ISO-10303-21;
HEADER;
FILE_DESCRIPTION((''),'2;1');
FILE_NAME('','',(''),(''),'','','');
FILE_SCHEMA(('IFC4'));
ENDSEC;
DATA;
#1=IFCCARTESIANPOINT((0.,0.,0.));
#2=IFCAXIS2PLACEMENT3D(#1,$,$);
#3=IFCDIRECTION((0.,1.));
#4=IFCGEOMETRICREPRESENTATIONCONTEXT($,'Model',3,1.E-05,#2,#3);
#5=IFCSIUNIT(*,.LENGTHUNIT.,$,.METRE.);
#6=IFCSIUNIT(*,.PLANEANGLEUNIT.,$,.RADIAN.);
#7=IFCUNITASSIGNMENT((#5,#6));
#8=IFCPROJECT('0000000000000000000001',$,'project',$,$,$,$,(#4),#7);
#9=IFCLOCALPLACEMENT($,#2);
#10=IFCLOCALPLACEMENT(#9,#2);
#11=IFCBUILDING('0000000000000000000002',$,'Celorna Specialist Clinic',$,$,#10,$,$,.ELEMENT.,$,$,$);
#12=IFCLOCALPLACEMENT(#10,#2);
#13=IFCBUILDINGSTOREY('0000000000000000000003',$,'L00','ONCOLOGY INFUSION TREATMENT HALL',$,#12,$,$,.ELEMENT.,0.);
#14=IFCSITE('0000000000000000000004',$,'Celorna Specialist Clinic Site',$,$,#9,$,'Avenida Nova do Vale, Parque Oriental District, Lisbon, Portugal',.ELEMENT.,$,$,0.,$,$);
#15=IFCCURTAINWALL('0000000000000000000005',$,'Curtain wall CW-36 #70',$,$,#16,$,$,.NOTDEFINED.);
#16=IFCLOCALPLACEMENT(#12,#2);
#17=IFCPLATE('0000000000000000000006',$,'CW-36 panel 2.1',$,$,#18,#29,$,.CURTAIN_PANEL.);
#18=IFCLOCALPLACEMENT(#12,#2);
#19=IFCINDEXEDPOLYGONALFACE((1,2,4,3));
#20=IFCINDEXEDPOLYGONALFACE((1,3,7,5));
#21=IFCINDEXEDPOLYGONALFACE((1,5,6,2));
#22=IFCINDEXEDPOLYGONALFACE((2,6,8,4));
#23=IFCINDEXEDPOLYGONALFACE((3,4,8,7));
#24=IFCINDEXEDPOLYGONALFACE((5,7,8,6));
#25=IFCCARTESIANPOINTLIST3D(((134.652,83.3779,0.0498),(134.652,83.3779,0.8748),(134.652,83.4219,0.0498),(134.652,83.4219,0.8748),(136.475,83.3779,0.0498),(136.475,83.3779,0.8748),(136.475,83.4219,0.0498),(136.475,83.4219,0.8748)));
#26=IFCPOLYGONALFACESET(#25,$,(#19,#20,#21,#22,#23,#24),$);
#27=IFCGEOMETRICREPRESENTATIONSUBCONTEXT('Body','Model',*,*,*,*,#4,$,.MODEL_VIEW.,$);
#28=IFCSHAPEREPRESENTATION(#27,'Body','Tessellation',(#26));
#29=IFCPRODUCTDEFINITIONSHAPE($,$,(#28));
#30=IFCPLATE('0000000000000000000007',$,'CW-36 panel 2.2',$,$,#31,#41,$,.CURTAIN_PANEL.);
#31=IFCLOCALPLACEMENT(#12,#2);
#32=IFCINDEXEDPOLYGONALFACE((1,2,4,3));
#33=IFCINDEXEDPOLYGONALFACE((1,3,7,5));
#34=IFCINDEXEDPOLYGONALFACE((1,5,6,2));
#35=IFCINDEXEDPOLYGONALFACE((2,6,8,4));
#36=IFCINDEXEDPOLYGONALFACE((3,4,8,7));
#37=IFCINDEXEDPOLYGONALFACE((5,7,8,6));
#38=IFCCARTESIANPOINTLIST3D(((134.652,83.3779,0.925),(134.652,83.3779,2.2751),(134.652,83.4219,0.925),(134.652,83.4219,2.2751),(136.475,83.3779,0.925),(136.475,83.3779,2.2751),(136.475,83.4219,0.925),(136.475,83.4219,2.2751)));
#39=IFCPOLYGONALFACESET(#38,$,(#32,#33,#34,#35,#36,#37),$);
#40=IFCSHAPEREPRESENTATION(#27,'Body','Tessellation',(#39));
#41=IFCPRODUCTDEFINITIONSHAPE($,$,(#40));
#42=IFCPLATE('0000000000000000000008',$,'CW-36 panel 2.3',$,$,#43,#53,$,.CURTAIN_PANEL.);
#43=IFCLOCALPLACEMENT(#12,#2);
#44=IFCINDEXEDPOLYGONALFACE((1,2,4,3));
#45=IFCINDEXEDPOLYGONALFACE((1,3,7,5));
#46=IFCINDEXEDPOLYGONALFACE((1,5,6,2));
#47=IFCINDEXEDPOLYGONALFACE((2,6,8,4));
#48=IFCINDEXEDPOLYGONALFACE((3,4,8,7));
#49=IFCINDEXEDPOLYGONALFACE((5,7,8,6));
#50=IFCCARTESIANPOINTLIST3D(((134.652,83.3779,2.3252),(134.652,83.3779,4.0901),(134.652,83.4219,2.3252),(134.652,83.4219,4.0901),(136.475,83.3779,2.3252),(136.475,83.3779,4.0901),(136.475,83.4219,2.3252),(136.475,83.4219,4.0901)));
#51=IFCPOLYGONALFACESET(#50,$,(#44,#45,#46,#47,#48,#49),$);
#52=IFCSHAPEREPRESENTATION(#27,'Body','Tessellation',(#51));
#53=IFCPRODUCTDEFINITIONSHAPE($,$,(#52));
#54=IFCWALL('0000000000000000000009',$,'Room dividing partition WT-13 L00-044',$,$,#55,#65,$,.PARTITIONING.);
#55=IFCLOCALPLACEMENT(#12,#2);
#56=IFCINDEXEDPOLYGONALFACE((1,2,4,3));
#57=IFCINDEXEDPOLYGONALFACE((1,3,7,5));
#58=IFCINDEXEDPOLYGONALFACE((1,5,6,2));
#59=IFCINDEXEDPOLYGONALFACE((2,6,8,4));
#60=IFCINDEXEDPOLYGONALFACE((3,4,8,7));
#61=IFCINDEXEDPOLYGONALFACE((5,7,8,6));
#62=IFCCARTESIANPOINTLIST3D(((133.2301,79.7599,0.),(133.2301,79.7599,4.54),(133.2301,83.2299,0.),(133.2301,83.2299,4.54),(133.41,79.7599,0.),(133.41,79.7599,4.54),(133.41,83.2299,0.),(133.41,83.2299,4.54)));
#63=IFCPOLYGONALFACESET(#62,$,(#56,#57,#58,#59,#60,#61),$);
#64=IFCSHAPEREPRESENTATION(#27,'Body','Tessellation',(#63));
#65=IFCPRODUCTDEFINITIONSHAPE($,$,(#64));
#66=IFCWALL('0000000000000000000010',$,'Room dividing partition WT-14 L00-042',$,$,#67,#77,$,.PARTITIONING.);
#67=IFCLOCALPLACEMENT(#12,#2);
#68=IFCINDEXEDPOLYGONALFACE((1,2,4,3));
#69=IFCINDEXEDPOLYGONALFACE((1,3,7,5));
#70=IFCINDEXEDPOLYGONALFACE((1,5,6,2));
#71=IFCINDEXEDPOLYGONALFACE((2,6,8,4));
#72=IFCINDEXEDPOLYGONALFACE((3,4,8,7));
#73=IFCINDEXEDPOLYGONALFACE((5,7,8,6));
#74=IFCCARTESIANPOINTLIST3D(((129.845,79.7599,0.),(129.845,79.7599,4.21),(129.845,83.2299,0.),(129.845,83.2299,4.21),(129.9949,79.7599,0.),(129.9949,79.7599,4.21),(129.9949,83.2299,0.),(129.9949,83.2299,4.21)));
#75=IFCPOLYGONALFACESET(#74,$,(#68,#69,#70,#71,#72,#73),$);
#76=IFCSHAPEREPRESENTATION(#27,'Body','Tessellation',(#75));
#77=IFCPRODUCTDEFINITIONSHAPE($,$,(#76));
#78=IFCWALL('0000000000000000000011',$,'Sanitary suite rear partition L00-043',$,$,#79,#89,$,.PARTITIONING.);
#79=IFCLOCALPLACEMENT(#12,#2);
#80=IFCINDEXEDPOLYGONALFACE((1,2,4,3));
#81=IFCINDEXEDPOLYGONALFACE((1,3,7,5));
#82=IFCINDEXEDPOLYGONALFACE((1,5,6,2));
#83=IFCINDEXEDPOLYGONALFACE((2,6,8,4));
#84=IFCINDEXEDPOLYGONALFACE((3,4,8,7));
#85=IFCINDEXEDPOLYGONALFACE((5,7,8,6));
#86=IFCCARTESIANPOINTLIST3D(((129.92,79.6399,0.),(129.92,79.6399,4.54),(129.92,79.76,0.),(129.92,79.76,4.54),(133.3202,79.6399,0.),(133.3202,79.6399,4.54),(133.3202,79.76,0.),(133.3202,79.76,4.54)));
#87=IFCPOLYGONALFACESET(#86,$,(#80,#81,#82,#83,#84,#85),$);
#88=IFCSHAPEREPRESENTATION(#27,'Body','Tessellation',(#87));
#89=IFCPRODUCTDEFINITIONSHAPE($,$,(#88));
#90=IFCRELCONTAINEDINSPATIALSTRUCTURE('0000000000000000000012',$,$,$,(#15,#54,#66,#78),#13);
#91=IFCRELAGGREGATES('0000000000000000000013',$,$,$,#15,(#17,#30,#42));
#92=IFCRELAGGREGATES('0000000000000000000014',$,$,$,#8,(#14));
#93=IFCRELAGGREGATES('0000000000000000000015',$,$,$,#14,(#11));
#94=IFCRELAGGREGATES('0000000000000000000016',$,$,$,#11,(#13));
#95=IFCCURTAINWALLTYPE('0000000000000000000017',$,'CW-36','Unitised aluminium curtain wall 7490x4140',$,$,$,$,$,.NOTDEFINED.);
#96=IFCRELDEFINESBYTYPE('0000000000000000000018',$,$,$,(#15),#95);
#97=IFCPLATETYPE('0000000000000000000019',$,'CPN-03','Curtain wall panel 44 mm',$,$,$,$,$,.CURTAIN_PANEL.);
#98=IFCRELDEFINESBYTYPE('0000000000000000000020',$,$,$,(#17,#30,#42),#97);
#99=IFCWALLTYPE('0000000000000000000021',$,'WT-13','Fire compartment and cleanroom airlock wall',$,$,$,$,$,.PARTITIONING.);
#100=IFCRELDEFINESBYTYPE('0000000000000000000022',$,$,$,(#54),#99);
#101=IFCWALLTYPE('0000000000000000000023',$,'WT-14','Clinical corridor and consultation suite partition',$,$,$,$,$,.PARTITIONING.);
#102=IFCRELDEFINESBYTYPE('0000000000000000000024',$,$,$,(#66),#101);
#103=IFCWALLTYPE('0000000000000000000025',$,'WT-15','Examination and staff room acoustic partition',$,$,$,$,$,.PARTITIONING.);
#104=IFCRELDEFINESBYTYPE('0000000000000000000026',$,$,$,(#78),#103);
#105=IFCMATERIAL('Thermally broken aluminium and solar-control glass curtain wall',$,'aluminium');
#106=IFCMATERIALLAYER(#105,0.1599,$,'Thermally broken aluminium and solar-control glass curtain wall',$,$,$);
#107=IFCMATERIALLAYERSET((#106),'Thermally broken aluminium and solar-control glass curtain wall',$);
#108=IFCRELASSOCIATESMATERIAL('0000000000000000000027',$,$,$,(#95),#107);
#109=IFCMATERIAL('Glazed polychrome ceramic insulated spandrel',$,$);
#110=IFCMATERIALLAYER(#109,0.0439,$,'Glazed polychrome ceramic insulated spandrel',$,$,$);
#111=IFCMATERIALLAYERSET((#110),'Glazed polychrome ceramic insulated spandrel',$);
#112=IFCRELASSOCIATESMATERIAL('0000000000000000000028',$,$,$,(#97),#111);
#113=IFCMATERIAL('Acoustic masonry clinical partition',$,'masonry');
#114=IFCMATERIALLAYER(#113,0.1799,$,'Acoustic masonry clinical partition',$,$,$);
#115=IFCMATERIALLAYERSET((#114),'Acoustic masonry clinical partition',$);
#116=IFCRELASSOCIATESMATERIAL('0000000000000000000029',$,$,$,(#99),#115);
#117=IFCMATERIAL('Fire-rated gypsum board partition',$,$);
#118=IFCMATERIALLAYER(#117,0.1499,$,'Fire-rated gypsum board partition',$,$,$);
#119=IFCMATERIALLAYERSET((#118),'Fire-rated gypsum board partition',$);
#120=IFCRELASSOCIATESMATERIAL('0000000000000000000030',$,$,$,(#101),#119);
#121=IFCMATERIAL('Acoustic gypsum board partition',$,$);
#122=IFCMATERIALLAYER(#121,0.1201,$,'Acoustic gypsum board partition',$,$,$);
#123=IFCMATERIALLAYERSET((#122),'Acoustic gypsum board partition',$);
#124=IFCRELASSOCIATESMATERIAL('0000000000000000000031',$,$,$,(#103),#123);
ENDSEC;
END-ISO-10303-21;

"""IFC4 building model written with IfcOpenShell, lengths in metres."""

from ifc_helpers import new_model, si_unit, direction, frame, frame_2d, origin, origin_2d, place, context, subcontext, project, spatial, rectangle, extrude, material, layer, layer_set, type_object, element, aggregate, save


model = new_model("IFC4")

# Units and contexts
model_context = context("Model", 3, precision=1e-05, world=origin(), true_north=direction((0.0, 1.0)))
body_context = subcontext(model_context, "Body", "Model", "MODEL_VIEW")
ifc_project = project(units=[si_unit("LENGTHUNIT", "METRE"), si_unit("PLANEANGLEUNIT", "RADIAN")], contexts=[model_context])

# Site, building, storey
site_placement = place(None, origin())
site = spatial("IfcSite", under=ifc_project, at=site_placement, Name="Celorna Specialist Clinic Site", LongName="Avenida Nova do Vale, Parque Oriental District, Lisbon, Portugal", CompositionType="ELEMENT", RefElevation=0.0)
building_placement = place(site_placement, origin())
building = spatial("IfcBuilding", under=site, at=building_placement, Name="Celorna Specialist Clinic", CompositionType="ELEMENT")
storey_placement = place(building_placement, origin())
storey = spatial("IfcBuildingStorey", under=building, at=storey_placement, Name="L00", Description="ONCOLOGY INFUSION TREATMENT HALL", CompositionType="ELEMENT", Elevation=0.0)

# Curtain wall
ifc_material_1 = material(Name="Thermally broken aluminium and solar-control glass curtain wall", Category="aluminium")
ifc_layer_1 = layer(ifc_material_1, 0.1599, Name="Thermally broken aluminium and solar-control glass curtain wall")
ifc_layer_set_1 = layer_set([ifc_layer_1], Name="Thermally broken aluminium and solar-control glass curtain wall")
curtain_wall_type_1 = type_object("IfcCurtainWallType", Name="CW-36", Description="Unitised aluminium curtain wall 7490x4140", PredefinedType="NOTDEFINED", material=ifc_layer_set_1)
curtain_wall_1_placement = place(storey_placement, origin())
curtain_wall_1 = element("IfcCurtainWall", 1, at=curtain_wall_1_placement, inside=storey, type_object=curtain_wall_type_1, Name="Curtain wall CW-36 #70", PredefinedType="NOTDEFINED")

# Plates
ifc_material_2 = material(Name="Glazed polychrome ceramic insulated spandrel")
ifc_layer_2 = layer(ifc_material_2, 0.0439, Name="Glazed polychrome ceramic insulated spandrel")
ifc_layer_set_2 = layer_set([ifc_layer_2], Name="Glazed polychrome ceramic insulated spandrel")
plate_type_1 = type_object("IfcPlateType", Name="CPN-03", Description="Curtain wall panel 44 mm", PredefinedType="CURTAIN_PANEL", material=ifc_layer_set_2)
plate_1_placement = place(storey_placement, frame((135.5635, 83.3999, 0.0498), z_axis=(0.0, 0.0, 1.0), x_axis=(1.0, 0.0, 0.0)))
plate_1 = element("IfcPlate", 2, at=plate_1_placement, type_object=plate_type_1, Name="CW-36 panel 2.1", PredefinedType="CURTAIN_PANEL", context=body_context, shape_type="SweptSolid", body=[
    extrude(rectangle(XDim=1.823, YDim=0.0439, at=origin_2d()), origin(), (0.0, 0.0, 1.0), 0.825),
])
plate_2_placement = place(storey_placement, frame((135.5635, 83.3999, 0.925), z_axis=(0.0, 0.0, 1.0), x_axis=(1.0, 0.0, 0.0)))
plate_2 = element("IfcPlate", 3, at=plate_2_placement, type_object=plate_type_1, Name="CW-36 panel 2.2", PredefinedType="CURTAIN_PANEL", context=body_context, shape_type="SweptSolid", body=[
    extrude(rectangle(XDim=1.823, YDim=0.0439, at=origin_2d()), origin(), (0.0, 0.0, 1.0), 1.3501),
])
plate_3_placement = place(storey_placement, frame((135.5635, 83.3999, 2.3252), z_axis=(0.0, 0.0, 1.0), x_axis=(1.0, 0.0, 0.0)))
plate_3 = element("IfcPlate", 4, at=plate_3_placement, type_object=plate_type_1, Name="CW-36 panel 2.3", PredefinedType="CURTAIN_PANEL", context=body_context, shape_type="SweptSolid", body=[
    extrude(rectangle(XDim=1.823, YDim=0.0439, at=origin_2d()), origin(), (0.0, 0.0, 1.0), 1.7649),
])
aggregate(curtain_wall_1, [plate_1, plate_2, plate_3])

# Walls
ifc_material_3 = material(Name="Acoustic masonry clinical partition", Category="masonry")
ifc_layer_3 = layer(ifc_material_3, 0.1799, Name="Acoustic masonry clinical partition")
ifc_layer_set_3 = layer_set([ifc_layer_3], Name="Acoustic masonry clinical partition")
wall_type_1 = type_object("IfcWallType", Name="WT-13", Description="Fire compartment and cleanroom airlock wall", PredefinedType="PARTITIONING", material=ifc_layer_set_3)
wall_1_placement = place(storey_placement, frame((133.3201, 79.76, 0.0), z_axis=(0.0, 0.0, 1.0), x_axis=(0.0, 1.0, 0.0)))
element("IfcWall", 5, at=wall_1_placement, inside=storey, type_object=wall_type_1, Name="Room dividing partition WT-13 L00-044", PredefinedType="PARTITIONING", context=body_context, shape_type="SweptSolid", body=[
    extrude(rectangle(XDim=3.47, YDim=0.1799, at=frame_2d((1.7349, 0.0))), origin(), (0.0, 0.0, 1.0), 4.54),
])
ifc_material_4 = material(Name="Fire-rated gypsum board partition")
ifc_layer_4 = layer(ifc_material_4, 0.1499, Name="Fire-rated gypsum board partition")
ifc_layer_set_4 = layer_set([ifc_layer_4], Name="Fire-rated gypsum board partition")
wall_type_2 = type_object("IfcWallType", Name="WT-14", Description="Clinical corridor and consultation suite partition", PredefinedType="PARTITIONING", material=ifc_layer_set_4)
wall_2_placement = place(storey_placement, frame((129.9199, 79.76, 0.0), z_axis=(0.0, 0.0, 1.0), x_axis=(0.0, 1.0, 0.0)))
element("IfcWall", 6, at=wall_2_placement, inside=storey, type_object=wall_type_2, Name="Room dividing partition WT-14 L00-042", PredefinedType="PARTITIONING", context=body_context, shape_type="SweptSolid", body=[
    extrude(rectangle(XDim=3.47, YDim=0.1499, at=frame_2d((1.7349, 0.0))), origin(), (0.0, 0.0, 1.0), 4.21),
])
ifc_material_5 = material(Name="Acoustic gypsum board partition")
ifc_layer_5 = layer(ifc_material_5, 0.1201, Name="Acoustic gypsum board partition")
ifc_layer_set_5 = layer_set([ifc_layer_5], Name="Acoustic gypsum board partition")
wall_type_3 = type_object("IfcWallType", Name="WT-15", Description="Examination and staff room acoustic partition", PredefinedType="PARTITIONING", material=ifc_layer_set_5)
wall_3_placement = place(storey_placement, frame((129.9199, 79.7, 0.0), z_axis=(0.0, 0.0, 1.0), x_axis=(1.0, 0.0, 0.0)))
element("IfcWall", 7, at=wall_3_placement, inside=storey, type_object=wall_type_3, Name="Sanitary suite rear partition L00-043", PredefinedType="PARTITIONING", context=body_context, shape_type="SweptSolid", body=[
    extrude(rectangle(XDim=3.4001, YDim=0.1201, at=frame_2d((1.7002, 0.0))), origin(), (0.0, 0.0, 1.0), 4.54),
])

save(model, "model.ifc")
